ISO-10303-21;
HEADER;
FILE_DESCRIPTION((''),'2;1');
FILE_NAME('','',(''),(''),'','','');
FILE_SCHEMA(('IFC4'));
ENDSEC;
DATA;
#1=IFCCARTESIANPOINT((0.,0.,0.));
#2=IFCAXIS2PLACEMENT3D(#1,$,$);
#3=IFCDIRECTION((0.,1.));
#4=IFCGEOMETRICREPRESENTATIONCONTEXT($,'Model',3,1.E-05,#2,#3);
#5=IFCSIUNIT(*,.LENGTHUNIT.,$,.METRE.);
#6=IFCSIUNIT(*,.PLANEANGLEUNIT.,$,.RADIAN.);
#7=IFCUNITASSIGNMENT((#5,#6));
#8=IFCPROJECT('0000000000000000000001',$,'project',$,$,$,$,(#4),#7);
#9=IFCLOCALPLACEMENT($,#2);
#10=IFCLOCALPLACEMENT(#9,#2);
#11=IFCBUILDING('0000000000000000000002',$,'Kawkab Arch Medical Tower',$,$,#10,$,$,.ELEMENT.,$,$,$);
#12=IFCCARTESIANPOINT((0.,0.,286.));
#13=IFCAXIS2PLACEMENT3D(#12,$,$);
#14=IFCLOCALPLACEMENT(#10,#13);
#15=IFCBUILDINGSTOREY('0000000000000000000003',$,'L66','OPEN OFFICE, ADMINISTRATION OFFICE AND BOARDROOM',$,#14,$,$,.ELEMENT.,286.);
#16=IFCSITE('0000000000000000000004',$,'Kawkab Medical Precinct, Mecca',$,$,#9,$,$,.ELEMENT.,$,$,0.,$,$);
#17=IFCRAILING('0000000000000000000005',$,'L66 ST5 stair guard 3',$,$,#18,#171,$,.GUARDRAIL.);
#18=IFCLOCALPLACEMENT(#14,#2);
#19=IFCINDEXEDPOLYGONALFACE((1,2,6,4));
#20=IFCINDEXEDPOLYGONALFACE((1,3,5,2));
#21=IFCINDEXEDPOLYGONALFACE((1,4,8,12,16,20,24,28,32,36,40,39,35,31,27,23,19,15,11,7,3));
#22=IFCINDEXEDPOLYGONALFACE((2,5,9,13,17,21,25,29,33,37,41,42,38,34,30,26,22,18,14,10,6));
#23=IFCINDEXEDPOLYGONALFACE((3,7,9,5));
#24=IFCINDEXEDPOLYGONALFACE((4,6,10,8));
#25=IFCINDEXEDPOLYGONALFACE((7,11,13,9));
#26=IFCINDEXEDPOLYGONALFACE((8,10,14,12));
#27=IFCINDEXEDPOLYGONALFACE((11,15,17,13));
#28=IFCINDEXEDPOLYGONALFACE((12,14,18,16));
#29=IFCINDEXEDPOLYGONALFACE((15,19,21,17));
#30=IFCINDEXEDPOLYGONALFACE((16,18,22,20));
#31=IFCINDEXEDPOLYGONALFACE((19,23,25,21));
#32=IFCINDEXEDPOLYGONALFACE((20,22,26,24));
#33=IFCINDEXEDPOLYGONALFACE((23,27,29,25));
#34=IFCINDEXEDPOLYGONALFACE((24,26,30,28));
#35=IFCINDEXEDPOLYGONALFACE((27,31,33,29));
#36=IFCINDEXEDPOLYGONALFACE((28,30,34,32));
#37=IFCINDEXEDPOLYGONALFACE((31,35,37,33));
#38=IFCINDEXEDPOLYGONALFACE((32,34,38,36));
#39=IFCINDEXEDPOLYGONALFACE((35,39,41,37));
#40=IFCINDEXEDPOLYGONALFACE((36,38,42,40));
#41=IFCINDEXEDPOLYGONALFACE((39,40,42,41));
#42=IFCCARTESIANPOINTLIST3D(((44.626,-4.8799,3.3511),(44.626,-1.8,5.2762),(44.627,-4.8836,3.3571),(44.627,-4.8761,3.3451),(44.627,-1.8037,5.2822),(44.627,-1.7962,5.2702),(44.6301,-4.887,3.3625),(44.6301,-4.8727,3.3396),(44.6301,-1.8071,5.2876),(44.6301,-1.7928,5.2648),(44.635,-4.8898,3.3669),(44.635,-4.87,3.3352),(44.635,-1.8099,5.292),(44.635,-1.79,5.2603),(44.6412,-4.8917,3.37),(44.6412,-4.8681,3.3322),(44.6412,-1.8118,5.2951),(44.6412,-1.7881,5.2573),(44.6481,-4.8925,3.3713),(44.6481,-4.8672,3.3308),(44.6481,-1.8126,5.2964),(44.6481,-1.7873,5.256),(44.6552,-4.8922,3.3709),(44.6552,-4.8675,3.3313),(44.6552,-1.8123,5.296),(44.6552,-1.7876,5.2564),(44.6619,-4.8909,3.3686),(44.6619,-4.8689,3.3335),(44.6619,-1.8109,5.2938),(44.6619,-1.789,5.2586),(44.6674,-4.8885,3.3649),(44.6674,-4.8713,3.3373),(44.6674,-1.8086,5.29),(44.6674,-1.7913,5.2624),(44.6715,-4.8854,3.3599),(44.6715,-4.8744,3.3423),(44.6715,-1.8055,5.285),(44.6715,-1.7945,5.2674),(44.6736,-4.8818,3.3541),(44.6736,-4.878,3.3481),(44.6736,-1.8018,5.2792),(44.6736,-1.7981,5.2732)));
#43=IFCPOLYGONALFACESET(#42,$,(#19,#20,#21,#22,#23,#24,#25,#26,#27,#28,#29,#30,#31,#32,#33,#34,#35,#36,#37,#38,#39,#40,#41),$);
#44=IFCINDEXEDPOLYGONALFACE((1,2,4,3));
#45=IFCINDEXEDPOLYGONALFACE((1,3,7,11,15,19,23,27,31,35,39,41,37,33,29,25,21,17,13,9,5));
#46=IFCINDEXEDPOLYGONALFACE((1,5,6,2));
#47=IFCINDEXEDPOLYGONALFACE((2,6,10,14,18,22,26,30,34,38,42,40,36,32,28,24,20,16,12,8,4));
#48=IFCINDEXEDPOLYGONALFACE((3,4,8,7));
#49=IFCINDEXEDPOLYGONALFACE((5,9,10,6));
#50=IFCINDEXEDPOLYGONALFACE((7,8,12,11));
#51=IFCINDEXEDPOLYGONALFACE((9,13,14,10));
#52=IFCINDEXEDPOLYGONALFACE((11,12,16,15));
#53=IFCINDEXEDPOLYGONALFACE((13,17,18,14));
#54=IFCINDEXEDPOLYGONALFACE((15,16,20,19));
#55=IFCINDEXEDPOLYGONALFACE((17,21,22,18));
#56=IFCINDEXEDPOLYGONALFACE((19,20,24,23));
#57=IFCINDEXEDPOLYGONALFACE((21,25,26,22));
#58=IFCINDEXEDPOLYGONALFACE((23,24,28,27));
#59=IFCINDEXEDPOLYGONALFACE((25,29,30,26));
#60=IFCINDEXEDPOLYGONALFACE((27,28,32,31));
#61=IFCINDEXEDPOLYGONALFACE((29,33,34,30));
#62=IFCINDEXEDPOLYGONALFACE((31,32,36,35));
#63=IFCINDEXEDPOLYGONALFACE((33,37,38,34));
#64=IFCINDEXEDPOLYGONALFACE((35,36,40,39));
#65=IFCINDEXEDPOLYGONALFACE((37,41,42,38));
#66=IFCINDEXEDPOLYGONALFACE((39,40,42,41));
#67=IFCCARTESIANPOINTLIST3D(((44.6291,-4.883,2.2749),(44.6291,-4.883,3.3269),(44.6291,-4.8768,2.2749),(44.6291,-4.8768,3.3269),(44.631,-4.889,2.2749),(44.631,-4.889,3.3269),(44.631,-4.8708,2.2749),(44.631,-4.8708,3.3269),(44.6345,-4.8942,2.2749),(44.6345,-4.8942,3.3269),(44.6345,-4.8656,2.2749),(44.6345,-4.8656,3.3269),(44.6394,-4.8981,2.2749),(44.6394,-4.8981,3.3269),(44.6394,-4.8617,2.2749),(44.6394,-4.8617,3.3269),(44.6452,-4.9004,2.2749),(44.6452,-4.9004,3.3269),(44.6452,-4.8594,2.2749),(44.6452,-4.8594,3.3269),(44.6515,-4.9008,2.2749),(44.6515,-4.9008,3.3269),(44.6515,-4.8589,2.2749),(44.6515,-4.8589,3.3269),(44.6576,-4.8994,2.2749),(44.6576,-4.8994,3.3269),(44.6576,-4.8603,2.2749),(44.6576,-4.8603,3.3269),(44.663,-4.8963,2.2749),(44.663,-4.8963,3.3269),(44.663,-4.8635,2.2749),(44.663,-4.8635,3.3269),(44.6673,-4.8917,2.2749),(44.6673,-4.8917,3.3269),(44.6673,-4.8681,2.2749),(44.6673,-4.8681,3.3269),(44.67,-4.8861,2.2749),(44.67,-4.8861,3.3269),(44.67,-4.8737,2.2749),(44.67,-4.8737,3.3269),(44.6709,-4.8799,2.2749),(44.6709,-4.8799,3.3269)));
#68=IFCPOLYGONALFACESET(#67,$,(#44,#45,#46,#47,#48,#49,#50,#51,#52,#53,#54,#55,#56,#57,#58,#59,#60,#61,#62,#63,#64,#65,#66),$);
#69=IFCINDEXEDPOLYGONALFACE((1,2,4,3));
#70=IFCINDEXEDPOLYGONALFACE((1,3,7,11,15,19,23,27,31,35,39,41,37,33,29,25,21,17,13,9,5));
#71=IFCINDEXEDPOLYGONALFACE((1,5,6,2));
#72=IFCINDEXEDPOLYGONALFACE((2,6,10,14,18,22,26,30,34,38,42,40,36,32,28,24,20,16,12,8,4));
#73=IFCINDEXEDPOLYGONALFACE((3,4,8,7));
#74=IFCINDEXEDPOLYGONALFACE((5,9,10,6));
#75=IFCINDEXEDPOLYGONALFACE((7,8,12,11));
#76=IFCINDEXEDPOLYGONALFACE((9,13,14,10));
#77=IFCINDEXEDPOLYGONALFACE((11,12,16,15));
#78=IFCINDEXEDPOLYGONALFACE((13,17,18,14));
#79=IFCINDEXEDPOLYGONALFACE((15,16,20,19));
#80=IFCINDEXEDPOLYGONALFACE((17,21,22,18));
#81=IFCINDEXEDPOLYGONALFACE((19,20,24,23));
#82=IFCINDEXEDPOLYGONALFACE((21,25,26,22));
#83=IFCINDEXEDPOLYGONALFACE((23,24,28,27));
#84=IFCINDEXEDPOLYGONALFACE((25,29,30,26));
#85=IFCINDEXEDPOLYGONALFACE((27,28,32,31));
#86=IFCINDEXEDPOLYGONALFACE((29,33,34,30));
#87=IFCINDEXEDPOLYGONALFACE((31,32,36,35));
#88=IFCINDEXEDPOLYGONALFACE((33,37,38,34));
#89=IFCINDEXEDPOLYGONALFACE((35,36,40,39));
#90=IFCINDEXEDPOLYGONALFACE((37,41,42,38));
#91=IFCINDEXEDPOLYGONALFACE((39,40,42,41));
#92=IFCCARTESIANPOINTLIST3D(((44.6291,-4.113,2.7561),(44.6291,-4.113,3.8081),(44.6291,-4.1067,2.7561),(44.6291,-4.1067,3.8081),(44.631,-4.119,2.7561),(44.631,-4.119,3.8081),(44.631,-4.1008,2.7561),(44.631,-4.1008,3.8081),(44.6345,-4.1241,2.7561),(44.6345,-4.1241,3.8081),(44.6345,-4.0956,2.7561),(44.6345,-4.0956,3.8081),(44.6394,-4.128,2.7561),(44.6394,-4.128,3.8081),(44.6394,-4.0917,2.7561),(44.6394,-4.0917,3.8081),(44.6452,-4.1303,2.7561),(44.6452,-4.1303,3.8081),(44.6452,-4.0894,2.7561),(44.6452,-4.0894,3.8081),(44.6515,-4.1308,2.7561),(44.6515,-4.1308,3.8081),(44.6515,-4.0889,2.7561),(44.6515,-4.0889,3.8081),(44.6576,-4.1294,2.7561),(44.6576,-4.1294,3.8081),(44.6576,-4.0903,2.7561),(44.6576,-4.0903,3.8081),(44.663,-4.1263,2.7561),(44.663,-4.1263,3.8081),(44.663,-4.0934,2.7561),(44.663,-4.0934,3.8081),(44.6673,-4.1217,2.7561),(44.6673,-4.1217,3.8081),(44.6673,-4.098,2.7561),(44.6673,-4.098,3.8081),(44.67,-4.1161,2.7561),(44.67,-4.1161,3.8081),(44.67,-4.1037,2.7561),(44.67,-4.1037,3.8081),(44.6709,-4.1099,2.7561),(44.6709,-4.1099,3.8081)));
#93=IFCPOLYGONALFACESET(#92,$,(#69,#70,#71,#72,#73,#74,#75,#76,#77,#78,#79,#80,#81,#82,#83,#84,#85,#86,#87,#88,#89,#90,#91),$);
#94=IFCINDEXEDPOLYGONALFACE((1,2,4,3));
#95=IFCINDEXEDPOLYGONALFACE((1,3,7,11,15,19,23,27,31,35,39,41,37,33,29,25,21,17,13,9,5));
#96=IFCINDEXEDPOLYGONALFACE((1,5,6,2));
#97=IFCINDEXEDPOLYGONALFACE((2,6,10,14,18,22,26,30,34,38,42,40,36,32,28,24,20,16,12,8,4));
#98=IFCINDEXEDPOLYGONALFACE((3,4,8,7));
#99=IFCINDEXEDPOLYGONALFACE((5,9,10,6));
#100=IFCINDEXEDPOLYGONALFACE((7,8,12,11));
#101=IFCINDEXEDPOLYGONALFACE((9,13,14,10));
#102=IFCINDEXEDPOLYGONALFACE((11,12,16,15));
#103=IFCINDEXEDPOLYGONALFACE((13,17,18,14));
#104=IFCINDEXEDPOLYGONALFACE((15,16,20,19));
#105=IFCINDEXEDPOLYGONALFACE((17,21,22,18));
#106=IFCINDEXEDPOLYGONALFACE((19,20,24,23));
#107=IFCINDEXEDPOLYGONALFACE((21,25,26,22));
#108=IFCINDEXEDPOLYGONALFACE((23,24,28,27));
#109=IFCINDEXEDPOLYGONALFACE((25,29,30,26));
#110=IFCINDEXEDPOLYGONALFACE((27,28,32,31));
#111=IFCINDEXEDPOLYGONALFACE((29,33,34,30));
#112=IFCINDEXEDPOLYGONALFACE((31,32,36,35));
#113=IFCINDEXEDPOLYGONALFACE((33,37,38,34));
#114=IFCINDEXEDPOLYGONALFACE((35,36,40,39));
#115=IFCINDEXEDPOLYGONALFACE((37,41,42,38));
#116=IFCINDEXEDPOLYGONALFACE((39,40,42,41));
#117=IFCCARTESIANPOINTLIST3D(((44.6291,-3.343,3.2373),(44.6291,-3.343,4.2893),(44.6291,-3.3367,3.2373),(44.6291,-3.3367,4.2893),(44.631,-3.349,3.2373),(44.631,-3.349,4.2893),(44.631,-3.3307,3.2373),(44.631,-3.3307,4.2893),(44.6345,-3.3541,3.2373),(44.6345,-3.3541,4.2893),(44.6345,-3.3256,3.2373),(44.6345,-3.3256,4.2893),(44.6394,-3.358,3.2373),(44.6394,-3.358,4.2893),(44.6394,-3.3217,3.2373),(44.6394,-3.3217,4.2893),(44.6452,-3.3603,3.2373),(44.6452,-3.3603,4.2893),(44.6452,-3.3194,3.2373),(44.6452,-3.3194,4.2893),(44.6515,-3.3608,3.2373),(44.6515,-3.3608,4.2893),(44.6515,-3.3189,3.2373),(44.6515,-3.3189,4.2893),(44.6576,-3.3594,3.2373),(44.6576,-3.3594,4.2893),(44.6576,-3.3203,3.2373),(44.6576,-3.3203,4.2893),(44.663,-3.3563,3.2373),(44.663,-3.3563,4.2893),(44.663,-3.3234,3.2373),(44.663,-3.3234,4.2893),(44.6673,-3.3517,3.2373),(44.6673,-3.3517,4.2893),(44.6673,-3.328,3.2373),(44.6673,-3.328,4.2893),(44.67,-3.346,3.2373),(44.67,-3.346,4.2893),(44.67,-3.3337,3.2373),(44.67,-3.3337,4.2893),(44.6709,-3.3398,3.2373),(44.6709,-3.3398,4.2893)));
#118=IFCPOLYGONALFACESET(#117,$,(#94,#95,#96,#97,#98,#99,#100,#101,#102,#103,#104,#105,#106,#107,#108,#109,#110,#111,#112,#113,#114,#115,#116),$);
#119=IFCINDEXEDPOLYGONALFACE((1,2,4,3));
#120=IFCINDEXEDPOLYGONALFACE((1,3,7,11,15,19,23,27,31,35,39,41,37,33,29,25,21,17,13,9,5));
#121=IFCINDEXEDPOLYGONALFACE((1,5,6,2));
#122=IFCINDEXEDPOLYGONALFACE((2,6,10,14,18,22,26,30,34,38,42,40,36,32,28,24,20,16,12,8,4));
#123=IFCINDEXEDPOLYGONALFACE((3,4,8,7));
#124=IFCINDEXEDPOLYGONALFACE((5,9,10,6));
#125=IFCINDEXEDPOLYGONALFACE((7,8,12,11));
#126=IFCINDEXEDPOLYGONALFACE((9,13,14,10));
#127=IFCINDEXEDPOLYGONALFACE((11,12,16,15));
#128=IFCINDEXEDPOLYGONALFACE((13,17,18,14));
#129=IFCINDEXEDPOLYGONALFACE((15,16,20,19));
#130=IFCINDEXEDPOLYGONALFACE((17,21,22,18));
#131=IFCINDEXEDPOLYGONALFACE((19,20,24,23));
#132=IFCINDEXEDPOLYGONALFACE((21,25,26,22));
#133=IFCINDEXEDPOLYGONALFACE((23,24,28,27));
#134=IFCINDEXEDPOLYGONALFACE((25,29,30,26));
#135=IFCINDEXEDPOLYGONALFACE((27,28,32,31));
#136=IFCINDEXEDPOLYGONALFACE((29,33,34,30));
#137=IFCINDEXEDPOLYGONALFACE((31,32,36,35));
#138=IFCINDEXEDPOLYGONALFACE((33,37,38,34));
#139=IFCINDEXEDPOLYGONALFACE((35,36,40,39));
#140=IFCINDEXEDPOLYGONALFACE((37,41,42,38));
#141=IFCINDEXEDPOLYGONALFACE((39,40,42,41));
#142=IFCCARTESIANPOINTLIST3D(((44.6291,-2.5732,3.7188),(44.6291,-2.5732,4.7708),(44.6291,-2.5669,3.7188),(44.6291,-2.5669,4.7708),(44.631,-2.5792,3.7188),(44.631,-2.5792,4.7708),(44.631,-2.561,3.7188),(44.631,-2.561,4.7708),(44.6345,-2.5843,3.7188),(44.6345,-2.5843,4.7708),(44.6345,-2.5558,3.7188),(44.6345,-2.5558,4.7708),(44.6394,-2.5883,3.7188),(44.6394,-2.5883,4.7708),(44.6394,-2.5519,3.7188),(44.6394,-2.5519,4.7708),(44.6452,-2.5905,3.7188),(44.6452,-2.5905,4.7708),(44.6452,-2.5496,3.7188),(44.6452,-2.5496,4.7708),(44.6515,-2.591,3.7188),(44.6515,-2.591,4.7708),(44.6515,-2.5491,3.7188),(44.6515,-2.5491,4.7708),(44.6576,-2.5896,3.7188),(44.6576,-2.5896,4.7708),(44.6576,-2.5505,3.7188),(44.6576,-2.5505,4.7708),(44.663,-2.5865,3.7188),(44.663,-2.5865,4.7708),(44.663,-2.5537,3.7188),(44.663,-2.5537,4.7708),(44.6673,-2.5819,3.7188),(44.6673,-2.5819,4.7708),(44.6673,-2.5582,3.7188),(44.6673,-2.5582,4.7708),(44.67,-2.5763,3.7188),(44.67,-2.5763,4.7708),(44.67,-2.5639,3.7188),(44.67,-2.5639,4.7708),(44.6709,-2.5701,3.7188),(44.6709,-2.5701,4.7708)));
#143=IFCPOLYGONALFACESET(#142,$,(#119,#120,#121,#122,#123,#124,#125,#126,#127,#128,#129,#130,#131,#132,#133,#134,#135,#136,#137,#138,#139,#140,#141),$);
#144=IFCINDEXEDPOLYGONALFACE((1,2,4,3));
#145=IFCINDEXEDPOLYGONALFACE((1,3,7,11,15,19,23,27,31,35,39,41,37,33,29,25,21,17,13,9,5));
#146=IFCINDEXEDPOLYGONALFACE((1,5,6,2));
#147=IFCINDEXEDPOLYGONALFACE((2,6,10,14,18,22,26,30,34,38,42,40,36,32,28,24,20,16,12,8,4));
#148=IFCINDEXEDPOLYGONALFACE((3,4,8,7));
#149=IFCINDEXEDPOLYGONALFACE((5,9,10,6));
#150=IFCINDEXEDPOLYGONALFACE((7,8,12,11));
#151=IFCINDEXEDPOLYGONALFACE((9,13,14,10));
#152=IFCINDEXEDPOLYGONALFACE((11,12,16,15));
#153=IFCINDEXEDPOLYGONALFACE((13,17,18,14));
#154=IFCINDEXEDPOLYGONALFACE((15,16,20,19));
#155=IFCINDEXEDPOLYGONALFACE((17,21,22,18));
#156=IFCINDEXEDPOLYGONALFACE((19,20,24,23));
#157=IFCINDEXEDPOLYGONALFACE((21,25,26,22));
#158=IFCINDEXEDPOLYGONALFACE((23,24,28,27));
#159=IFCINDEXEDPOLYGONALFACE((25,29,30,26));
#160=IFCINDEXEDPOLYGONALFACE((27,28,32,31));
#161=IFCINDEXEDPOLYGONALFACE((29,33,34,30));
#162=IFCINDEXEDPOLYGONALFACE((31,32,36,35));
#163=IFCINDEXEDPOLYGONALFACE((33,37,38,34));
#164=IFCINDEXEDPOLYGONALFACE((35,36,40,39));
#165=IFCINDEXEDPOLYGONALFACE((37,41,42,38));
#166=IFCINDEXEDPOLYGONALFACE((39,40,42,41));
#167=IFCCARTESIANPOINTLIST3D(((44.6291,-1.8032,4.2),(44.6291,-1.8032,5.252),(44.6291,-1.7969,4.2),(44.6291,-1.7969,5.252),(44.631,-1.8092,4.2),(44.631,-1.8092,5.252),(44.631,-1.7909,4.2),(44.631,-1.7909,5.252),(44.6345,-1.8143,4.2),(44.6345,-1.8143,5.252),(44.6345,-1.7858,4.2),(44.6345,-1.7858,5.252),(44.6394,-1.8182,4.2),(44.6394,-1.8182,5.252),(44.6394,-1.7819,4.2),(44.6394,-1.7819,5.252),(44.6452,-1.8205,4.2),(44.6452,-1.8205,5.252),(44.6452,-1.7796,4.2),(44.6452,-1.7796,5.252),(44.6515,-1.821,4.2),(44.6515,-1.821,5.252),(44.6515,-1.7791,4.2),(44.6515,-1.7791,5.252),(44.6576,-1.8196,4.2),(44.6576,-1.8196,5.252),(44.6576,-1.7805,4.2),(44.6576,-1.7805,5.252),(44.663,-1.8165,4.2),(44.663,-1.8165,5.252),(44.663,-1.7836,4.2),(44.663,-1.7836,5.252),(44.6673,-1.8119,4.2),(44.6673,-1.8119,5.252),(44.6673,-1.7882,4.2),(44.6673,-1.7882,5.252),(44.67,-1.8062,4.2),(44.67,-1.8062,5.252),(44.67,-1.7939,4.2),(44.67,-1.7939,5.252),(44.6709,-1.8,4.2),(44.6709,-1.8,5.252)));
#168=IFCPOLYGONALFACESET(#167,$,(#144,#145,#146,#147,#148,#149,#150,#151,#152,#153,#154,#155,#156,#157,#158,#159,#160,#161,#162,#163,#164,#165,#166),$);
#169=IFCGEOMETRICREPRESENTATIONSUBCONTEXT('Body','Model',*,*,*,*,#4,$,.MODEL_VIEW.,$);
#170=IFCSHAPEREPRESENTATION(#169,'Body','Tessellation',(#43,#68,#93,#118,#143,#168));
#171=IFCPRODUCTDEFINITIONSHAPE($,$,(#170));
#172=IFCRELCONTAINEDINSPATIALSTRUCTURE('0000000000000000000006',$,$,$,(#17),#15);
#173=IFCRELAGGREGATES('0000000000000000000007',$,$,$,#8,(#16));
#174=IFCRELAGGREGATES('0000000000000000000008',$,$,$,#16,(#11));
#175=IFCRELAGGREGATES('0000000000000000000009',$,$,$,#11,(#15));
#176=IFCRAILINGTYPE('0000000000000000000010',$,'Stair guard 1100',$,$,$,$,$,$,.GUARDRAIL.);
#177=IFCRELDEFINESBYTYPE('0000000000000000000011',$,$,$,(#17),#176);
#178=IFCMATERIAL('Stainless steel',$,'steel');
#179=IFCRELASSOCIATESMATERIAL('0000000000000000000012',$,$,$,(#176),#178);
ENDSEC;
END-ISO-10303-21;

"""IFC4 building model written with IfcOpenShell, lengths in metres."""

from ifc_helpers import new_model, si_unit, direction, frame, origin, origin_2d, place, context, subcontext, project, spatial, circle, extrude, material, type_object, element, save


model = new_model("IFC4")

# Units and contexts
model_context = context("Model", 3, precision=1e-05, world=origin(), true_north=direction((0.0, 1.0)))
body_context = subcontext(model_context, "Body", "Model", "MODEL_VIEW")
ifc_project = project(units=[si_unit("LENGTHUNIT", "METRE"), si_unit("PLANEANGLEUNIT", "RADIAN")], contexts=[model_context])

# Site, building, storey
site_placement = place(None, origin())
site = spatial("IfcSite", under=ifc_project, at=site_placement, Name="Kawkab Medical Precinct, Mecca", CompositionType="ELEMENT", RefElevation=0.0)
building_placement = place(site_placement, origin())
building = spatial("IfcBuilding", under=site, at=building_placement, Name="Kawkab Arch Medical Tower", CompositionType="ELEMENT")
storey_placement = place(building_placement, frame((0.0, 0.0, 286.0)))
storey = spatial("IfcBuildingStorey", under=building, at=storey_placement, Name="L66", Description="OPEN OFFICE, ADMINISTRATION OFFICE AND BOARDROOM", CompositionType="ELEMENT", Elevation=286.0)

# Railing
ifc_material_1 = material(Name="Stainless steel", Category="steel")
railing_type_1 = type_object("IfcRailingType", Name="Stair guard 1100", PredefinedType="GUARDRAIL", material=ifc_material_1)
railing_1_placement = place(storey_placement, frame((44.6499, -4.8799, 2.2749)))
element("IfcRailing", 1, at=railing_1_placement, inside=storey, type_object=railing_type_1, Name="L66 ST5 stair guard 3", PredefinedType="GUARDRAIL", context=body_context, shape_type="SweptSolid", body=[
    extrude(circle(Radius=0.0239, at=origin_2d()), frame((0.0, 0.0, 1.0762), z_axis=(0.0, 0.847979, 0.530029), x_axis=(-1.0, 0.0, 0.0)), (0.0, 0.0, 1.0), 3.6321),
    extrude(circle(Radius=0.021, at=origin_2d()), origin(), (0.0, 0.0, 1.0), 1.052),
    extrude(circle(Radius=0.021, at=origin_2d()), frame((0.0, 0.77, 0.4812)), (0.0, 0.0, 1.0), 1.052),
    extrude(circle(Radius=0.021, at=origin_2d()), frame((0.0, 1.54, 0.9624)), (0.0, 0.0, 1.0), 1.052),
    extrude(circle(Radius=0.021, at=origin_2d()), frame((0.0, 2.3098, 1.4438)), (0.0, 0.0, 1.0), 1.052),
    extrude(circle(Radius=0.021, at=origin_2d()), frame((0.0, 3.0798, 1.925)), (0.0, 0.0, 1.0), 1.052),
])

save(model, "model.ifc")
